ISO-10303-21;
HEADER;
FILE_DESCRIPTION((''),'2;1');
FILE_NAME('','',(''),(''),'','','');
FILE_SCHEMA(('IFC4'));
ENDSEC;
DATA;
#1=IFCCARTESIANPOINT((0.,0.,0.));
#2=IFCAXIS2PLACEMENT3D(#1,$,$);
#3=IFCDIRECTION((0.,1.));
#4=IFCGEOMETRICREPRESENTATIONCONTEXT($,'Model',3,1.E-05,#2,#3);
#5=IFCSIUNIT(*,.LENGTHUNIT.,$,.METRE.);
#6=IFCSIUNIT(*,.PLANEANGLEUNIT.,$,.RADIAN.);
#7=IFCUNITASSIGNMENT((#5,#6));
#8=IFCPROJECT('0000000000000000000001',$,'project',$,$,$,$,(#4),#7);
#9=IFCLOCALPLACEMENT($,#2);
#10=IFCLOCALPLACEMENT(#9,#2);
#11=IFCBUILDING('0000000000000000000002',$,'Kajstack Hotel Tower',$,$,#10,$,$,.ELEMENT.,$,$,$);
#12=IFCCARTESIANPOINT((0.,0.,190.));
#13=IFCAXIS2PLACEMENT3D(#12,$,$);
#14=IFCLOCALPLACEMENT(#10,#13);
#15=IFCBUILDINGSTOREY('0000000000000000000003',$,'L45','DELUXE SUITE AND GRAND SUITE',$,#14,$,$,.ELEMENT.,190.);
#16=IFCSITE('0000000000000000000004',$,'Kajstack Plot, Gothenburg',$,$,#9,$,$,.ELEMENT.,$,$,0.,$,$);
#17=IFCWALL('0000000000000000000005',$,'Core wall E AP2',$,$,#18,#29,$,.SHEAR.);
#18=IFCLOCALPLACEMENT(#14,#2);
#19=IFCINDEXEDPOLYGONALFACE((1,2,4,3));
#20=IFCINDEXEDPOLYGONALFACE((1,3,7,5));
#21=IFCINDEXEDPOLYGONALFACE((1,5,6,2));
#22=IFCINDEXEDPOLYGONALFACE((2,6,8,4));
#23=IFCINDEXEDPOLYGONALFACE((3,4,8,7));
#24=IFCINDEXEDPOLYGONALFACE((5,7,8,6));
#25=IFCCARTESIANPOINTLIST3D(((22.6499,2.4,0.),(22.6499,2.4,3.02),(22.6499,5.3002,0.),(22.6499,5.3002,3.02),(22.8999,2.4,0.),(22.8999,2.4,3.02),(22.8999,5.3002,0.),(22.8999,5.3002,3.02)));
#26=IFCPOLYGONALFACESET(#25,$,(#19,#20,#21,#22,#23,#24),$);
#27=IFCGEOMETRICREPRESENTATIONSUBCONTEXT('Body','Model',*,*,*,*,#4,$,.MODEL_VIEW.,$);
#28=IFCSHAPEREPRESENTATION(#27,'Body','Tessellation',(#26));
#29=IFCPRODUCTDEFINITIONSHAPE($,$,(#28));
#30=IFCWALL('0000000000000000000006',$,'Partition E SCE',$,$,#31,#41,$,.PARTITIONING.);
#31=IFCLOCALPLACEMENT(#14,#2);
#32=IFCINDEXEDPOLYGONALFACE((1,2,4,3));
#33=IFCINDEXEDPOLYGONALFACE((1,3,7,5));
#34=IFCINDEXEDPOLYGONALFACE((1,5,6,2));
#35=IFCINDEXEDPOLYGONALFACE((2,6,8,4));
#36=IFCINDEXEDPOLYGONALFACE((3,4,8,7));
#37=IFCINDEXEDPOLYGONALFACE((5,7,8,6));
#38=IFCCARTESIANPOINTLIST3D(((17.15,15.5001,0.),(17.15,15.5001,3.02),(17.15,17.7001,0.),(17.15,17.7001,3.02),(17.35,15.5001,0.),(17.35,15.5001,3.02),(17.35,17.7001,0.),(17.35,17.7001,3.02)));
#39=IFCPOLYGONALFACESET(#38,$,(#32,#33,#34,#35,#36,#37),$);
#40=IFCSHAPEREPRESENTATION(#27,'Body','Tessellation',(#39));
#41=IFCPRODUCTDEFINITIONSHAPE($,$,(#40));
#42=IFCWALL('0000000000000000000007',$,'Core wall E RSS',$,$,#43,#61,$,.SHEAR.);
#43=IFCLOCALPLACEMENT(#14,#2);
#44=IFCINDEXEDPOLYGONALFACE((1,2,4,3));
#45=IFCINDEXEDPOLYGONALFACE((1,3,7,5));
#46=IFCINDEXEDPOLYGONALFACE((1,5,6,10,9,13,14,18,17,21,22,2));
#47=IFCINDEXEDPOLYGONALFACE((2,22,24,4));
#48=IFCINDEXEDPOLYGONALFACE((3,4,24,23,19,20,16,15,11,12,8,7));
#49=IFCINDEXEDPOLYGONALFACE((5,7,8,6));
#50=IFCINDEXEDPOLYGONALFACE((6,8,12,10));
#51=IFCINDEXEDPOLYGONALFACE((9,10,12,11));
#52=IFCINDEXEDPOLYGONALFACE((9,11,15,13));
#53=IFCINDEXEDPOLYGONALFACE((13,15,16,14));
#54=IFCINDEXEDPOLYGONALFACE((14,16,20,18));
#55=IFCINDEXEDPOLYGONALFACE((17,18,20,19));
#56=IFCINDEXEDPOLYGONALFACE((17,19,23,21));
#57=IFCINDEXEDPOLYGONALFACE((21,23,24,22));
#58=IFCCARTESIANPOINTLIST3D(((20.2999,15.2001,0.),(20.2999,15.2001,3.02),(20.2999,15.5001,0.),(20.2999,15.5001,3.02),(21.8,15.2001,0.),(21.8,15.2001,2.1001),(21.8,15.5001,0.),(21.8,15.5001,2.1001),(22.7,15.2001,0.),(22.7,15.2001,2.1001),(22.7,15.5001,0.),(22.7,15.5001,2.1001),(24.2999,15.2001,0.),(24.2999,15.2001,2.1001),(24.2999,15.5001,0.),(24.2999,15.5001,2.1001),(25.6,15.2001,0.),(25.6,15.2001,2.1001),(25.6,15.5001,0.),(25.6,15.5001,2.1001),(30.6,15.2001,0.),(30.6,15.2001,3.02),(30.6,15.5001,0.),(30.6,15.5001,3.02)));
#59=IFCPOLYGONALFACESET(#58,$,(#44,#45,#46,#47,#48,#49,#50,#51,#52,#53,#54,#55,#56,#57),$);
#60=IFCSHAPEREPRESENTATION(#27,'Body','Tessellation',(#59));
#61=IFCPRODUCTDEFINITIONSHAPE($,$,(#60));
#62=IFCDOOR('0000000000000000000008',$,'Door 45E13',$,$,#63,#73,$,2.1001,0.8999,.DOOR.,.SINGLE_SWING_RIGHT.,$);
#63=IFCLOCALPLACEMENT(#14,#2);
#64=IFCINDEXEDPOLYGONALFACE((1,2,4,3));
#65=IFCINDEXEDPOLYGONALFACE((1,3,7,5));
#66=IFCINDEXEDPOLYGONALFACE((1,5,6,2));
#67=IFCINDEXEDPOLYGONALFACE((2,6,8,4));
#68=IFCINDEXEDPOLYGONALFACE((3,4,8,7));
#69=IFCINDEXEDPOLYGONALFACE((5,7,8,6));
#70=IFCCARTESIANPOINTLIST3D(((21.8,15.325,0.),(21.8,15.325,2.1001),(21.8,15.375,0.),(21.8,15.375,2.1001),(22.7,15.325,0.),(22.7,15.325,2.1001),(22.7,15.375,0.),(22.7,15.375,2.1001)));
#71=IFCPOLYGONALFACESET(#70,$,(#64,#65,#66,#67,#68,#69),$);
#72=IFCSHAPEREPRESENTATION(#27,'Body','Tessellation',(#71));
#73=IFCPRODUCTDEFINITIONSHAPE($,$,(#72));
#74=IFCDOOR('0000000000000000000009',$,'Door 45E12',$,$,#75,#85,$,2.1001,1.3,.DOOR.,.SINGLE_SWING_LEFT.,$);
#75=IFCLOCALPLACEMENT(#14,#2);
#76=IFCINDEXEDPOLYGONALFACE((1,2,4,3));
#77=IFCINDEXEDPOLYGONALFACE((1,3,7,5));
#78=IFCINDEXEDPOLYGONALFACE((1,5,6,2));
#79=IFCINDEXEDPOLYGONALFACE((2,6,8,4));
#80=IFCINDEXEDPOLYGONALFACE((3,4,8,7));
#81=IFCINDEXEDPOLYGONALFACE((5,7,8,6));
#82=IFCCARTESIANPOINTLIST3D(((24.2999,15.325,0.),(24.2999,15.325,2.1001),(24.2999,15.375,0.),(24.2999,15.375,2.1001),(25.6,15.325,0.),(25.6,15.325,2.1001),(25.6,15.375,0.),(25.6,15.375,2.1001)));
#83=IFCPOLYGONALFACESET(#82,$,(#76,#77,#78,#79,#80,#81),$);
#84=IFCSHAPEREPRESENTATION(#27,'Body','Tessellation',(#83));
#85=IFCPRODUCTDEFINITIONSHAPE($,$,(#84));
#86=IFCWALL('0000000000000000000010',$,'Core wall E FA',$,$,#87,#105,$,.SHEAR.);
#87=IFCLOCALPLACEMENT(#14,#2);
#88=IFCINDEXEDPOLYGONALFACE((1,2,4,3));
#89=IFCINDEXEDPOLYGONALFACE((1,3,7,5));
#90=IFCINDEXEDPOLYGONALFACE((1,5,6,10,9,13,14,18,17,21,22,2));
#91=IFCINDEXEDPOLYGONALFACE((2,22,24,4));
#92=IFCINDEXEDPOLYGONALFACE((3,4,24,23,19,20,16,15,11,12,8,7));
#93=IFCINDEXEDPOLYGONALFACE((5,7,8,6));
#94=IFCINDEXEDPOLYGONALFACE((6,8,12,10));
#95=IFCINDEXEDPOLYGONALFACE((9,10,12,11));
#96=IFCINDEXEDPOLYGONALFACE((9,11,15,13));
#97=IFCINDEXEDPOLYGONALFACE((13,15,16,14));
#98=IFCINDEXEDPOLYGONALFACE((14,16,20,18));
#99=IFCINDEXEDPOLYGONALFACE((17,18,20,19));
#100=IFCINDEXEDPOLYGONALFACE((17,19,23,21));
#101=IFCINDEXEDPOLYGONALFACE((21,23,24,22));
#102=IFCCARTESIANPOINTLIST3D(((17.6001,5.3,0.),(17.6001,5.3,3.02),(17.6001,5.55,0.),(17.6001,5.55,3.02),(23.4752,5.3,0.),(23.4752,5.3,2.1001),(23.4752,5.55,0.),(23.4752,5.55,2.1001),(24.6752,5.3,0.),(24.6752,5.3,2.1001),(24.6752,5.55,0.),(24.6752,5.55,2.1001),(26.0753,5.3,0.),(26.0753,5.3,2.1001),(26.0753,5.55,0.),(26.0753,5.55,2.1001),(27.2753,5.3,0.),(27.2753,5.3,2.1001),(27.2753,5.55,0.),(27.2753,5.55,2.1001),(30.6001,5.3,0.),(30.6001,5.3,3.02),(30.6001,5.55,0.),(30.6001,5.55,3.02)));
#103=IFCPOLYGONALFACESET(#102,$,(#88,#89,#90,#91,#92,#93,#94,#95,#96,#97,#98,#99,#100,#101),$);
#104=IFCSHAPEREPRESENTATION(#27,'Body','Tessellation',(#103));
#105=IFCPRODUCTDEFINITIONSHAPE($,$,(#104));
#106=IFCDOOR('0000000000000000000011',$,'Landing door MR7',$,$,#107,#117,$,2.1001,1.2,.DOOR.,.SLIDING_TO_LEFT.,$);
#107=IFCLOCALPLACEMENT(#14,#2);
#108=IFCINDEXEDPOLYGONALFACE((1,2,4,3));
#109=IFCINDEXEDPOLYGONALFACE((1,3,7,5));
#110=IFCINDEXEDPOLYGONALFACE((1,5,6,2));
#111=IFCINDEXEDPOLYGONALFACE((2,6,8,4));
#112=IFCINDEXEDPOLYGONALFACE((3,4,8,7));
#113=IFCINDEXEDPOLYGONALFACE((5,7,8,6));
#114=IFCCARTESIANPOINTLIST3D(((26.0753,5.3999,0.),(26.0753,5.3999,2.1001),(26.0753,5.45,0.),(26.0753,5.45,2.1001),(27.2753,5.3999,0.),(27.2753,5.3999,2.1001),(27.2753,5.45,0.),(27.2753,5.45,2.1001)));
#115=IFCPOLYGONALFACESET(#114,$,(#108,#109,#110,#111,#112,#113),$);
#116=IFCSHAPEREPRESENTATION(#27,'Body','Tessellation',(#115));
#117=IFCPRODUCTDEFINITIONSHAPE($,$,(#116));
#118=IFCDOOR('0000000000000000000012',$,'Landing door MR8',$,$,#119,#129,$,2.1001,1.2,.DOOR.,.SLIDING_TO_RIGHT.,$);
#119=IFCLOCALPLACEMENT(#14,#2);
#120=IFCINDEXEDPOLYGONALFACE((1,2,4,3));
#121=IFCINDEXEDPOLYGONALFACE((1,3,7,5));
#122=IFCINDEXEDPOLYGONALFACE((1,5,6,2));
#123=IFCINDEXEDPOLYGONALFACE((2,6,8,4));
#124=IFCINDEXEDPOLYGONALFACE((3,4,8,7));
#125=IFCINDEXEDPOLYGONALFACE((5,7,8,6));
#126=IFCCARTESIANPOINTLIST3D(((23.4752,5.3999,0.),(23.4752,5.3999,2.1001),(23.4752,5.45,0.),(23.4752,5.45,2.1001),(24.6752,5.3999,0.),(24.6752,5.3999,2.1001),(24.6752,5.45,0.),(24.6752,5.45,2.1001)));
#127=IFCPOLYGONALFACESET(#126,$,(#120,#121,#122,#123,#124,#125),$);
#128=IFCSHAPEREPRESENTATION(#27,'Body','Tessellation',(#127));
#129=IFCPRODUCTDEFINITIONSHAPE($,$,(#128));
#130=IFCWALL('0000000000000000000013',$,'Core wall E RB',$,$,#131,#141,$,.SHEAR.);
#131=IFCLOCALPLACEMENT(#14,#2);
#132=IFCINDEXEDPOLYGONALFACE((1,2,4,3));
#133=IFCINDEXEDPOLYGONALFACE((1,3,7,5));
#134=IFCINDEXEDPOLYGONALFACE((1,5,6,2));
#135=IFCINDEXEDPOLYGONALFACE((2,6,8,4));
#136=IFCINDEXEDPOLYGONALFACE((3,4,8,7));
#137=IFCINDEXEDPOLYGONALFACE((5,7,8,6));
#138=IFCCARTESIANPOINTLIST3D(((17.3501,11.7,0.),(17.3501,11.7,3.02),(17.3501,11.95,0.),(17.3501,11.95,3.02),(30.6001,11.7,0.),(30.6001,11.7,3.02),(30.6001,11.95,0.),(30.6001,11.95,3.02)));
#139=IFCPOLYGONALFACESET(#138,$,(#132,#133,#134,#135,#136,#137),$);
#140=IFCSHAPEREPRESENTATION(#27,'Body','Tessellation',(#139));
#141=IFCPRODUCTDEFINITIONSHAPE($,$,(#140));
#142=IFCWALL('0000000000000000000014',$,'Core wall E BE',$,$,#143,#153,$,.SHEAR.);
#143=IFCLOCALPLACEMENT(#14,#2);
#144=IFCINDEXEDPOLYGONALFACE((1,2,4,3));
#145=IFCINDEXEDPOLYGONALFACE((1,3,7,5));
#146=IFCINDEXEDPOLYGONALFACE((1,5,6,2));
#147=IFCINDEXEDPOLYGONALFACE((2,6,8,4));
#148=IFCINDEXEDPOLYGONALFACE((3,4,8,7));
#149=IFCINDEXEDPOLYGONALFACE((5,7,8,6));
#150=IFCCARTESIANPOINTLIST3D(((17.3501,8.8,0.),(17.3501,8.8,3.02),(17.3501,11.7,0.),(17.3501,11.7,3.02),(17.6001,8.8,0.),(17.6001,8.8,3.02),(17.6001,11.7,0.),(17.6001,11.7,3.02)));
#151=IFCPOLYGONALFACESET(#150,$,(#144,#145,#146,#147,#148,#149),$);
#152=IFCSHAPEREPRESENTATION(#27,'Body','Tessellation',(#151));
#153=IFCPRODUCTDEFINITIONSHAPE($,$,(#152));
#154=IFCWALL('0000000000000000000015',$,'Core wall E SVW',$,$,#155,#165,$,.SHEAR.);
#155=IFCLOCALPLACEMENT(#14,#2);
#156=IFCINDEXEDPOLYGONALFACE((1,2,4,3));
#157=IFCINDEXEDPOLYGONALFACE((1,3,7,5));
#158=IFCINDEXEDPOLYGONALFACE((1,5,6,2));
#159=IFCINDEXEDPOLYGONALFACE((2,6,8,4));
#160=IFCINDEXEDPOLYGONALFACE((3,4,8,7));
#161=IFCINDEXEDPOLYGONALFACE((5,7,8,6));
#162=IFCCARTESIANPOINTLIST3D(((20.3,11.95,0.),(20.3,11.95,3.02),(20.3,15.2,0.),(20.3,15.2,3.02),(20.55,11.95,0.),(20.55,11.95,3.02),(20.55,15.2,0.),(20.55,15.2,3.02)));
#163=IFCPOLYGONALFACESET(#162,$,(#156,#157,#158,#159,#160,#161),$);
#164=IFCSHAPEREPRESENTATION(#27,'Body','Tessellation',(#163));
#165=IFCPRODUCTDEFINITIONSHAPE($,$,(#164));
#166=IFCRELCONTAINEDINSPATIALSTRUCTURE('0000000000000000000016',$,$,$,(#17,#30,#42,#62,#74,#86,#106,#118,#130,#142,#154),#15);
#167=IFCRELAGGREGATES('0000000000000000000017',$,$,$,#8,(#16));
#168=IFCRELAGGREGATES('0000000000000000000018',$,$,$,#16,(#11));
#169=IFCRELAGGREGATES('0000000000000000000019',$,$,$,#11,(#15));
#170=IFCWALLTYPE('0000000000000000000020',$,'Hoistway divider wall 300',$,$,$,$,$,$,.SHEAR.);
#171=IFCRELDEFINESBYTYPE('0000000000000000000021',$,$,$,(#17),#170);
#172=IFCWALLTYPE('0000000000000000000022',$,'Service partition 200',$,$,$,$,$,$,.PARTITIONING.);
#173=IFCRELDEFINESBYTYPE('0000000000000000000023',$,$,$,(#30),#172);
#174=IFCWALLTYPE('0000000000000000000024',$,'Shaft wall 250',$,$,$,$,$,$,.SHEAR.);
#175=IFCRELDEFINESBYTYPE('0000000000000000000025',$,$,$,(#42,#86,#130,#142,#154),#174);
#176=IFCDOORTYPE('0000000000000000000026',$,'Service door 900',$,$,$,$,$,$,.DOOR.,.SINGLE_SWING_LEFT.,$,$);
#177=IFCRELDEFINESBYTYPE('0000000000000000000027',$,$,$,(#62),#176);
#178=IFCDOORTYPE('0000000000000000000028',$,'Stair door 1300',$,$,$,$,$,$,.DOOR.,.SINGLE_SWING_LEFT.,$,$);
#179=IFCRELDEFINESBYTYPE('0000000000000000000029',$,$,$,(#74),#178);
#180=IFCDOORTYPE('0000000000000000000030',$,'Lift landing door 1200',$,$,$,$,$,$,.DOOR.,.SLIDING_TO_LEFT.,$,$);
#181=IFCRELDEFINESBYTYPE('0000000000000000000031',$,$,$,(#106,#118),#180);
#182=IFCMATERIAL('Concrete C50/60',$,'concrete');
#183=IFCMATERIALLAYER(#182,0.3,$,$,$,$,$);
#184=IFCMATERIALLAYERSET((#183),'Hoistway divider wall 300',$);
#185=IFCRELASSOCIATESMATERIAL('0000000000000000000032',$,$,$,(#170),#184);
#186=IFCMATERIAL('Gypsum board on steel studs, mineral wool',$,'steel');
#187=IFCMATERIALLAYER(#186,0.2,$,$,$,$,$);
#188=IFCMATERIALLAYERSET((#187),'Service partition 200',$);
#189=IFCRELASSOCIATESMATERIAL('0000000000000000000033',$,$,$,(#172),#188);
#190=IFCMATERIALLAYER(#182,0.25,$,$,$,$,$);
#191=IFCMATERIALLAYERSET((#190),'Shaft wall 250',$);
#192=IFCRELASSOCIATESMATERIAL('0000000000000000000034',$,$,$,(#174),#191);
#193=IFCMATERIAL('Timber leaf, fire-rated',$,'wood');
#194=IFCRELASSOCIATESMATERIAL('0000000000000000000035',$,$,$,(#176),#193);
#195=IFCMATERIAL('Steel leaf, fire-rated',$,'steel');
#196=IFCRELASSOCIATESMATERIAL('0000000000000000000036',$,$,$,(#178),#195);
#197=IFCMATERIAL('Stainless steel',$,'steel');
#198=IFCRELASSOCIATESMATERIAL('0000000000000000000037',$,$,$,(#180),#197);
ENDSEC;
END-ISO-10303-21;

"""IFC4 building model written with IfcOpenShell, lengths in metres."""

from ifc_helpers import new_model, si_unit, direction, frame, frame_2d, origin, place, context, subcontext, project, spatial, rectangle, extrude, material, layer, layer_set, type_object, element, fill, save


model = new_model("IFC4")

# Units and contexts
model_context = context("Model", 3, precision=1e-05, world=origin(), true_north=direction((0.0, 1.0)))
body_context = subcontext(model_context, "Body", "Model", "MODEL_VIEW")
ifc_project = project(units=[si_unit("LENGTHUNIT", "METRE"), si_unit("PLANEANGLEUNIT", "RADIAN")], contexts=[model_context])

# Site, building, storey
site_placement = place(None, origin())
site = spatial("IfcSite", under=ifc_project, at=site_placement, Name="Kajstack Plot, Gothenburg", CompositionType="ELEMENT", RefElevation=0.0)
building_placement = place(site_placement, origin())
building = spatial("IfcBuilding", under=site, at=building_placement, Name="Kajstack Hotel Tower", CompositionType="ELEMENT")
storey_placement = place(building_placement, frame((0.0, 0.0, 190.0)))
storey = spatial("IfcBuildingStorey", under=building, at=storey_placement, Name="L45", Description="DELUXE SUITE AND GRAND SUITE", CompositionType="ELEMENT", Elevation=190.0)

# Walls
ifc_material_1 = material(Name="Concrete C50/60", Category="concrete")
ifc_layer_1 = layer(ifc_material_1, 0.3)
ifc_layer_set_1 = layer_set([ifc_layer_1], Name="Hoistway divider wall 300")
wall_type_1 = type_object("IfcWallType", Name="Hoistway divider wall 300", PredefinedType="SHEAR", material=ifc_layer_set_1)
wall_1_placement = place(storey_placement, frame((22.7749, 2.3999, 0.0), z_axis=(0.0, 0.0, 1.0), x_axis=(0.0, 1.0, 0.0)))
element("IfcWall", 1, at=wall_1_placement, inside=storey, type_object=wall_type_1, Name="Core wall E AP2", PredefinedType="SHEAR", context=body_context, shape_type="SweptSolid", body=[
    extrude(rectangle(XDim=2.9001, YDim=0.25, at=frame_2d((1.4502, 0.0))), origin(), (0.0, 0.0, 1.0), 3.02),
])
ifc_material_2 = material(Name="Gypsum board on steel studs, mineral wool", Category="steel")
ifc_layer_2 = layer(ifc_material_2, 0.2)
ifc_layer_set_2 = layer_set([ifc_layer_2], Name="Service partition 200")
wall_type_2 = type_object("IfcWallType", Name="Service partition 200", PredefinedType="PARTITIONING", material=ifc_layer_set_2)
wall_2_placement = place(storey_placement, frame((17.25, 15.5, 0.0), z_axis=(0.0, 0.0, 1.0), x_axis=(0.0, 1.0, 0.0)))
element("IfcWall", 2, at=wall_2_placement, inside=storey, type_object=wall_type_2, Name="Partition E SCE", PredefinedType="PARTITIONING", context=body_context, shape_type="SweptSolid", body=[
    extrude(rectangle(XDim=2.2, YDim=0.2, at=frame_2d((1.1001, 0.0))), origin(), (0.0, 0.0, 1.0), 3.02),
])

# Walls, openings, doors
ifc_layer_3 = layer(ifc_material_1, 0.25)
ifc_layer_set_3 = layer_set([ifc_layer_3], Name="Shaft wall 250")
wall_type_3 = type_object("IfcWallType", Name="Shaft wall 250", PredefinedType="SHEAR", material=ifc_layer_set_3)
wall_3_placement = place(storey_placement, frame((20.3, 15.3501, 0.0), z_axis=(0.0, 0.0, 1.0), x_axis=(1.0, 0.0, 0.0)))
wall_3 = element("IfcWall", 3, at=wall_3_placement, inside=storey, type_object=wall_type_3, Name="Core wall E RSS", PredefinedType="SHEAR", context=body_context, shape_type="SweptSolid", body=[
    extrude(rectangle(XDim=10.3, YDim=0.3, at=frame_2d((5.1499, 0.0))), origin(), (0.0, 0.0, 1.0), 3.02),
])
opening_1_placement = place(wall_3_placement, frame((4.0, 0.0, 0.0)))
opening_1 = element("IfcOpeningElement", 4, at=opening_1_placement, cuts=wall_3, PredefinedType="OPENING", context=body_context, shape_type="SweptSolid", body=[
    extrude(rectangle(XDim=1.3, YDim=2.1001, at=frame_2d((0.6499, 1.05))), frame((0.0, 0.1599, 0.0), z_axis=(0.0, -1.0, 0.0), x_axis=(1.0, 0.0, 0.0)), (0.0, 0.0, 1.0), 0.3201),
])
opening_2_placement = place(wall_3_placement, frame((1.5, 0.0, 0.0)))
opening_2 = element("IfcOpeningElement", 5, at=opening_2_placement, cuts=wall_3, PredefinedType="OPENING", context=body_context, shape_type="SweptSolid", body=[
    extrude(rectangle(XDim=0.8999, YDim=2.1001, at=frame_2d((0.45, 1.05))), frame((0.0, 0.1599, 0.0), z_axis=(0.0, -1.0, 0.0), x_axis=(1.0, 0.0, 0.0)), (0.0, 0.0, 1.0), 0.3201),
])
ifc_material_3 = material(Name="Timber leaf, fire-rated", Category="wood")
door_type_1 = type_object("IfcDoorType", Name="Service door 900", OperationType="SINGLE_SWING_LEFT", PredefinedType="DOOR", material=ifc_material_3)
door_1_placement = place(opening_2_placement, origin())
door_1 = element("IfcDoor", 6, at=door_1_placement, inside=storey, type_object=door_type_1, Name="Door 45E13", OperationType="SINGLE_SWING_RIGHT", OverallHeight=2.1001, OverallWidth=0.8999, PredefinedType="DOOR", context=body_context, shape_type="SweptSolid", body=[
    extrude(rectangle(XDim=0.8999, YDim=2.1001, at=frame_2d((0.45, 1.05))), frame((0.0, 0.0249, 0.0), z_axis=(0.0, -1.0, 0.0), x_axis=(1.0, 0.0, 0.0)), (0.0, 0.0, 1.0), 0.05),
])
fill(opening_2, door_1)
ifc_material_4 = material(Name="Steel leaf, fire-rated", Category="steel")
door_type_2 = type_object("IfcDoorType", Name="Stair door 1300", OperationType="SINGLE_SWING_LEFT", PredefinedType="DOOR", material=ifc_material_4)
door_2_placement = place(opening_1_placement, origin())
door_2 = element("IfcDoor", 7, at=door_2_placement, inside=storey, type_object=door_type_2, Name="Door 45E12", OperationType="SINGLE_SWING_LEFT", OverallHeight=2.1001, OverallWidth=1.3, PredefinedType="DOOR", context=body_context, shape_type="SweptSolid", body=[
    extrude(rectangle(XDim=1.3, YDim=2.1001, at=frame_2d((0.6499, 1.05))), frame((0.0, 0.0249, 0.0), z_axis=(0.0, -1.0, 0.0), x_axis=(1.0, 0.0, 0.0)), (0.0, 0.0, 1.0), 0.05),
])
fill(opening_1, door_2)
wall_4_placement = place(storey_placement, frame((17.6001, 5.425, 0.0), z_axis=(0.0, 0.0, 1.0), x_axis=(1.0, 0.0, 0.0)))
wall_4 = element("IfcWall", 8, at=wall_4_placement, inside=storey, type_object=wall_type_3, Name="Core wall E FA", PredefinedType="SHEAR", context=body_context, shape_type="SweptSolid", body=[
    extrude(rectangle(XDim=13.0, YDim=0.25, at=frame_2d((6.5, 0.0))), origin(), (0.0, 0.0, 1.0), 3.02),
])
opening_3_placement = place(wall_4_placement, frame((8.4751, 0.0, 0.0)))
opening_3 = element("IfcOpeningElement", 9, at=opening_3_placement, cuts=wall_4, PredefinedType="OPENING", context=body_context, shape_type="SweptSolid", body=[
    extrude(rectangle(XDim=1.2, YDim=2.1001, at=frame_2d((0.6001, 1.05))), frame((0.0, 0.135, 0.0), z_axis=(0.0, -1.0, 0.0), x_axis=(1.0, 0.0, 0.0)), (0.0, 0.0, 1.0), 0.27),
])
opening_4_placement = place(wall_4_placement, frame((5.875, 0.0, 0.0)))
opening_4 = element("IfcOpeningElement", 10, at=opening_4_placement, cuts=wall_4, PredefinedType="OPENING", context=body_context, shape_type="SweptSolid", body=[
    extrude(rectangle(XDim=1.2, YDim=2.1001, at=frame_2d((0.6001, 1.05))), frame((0.0, 0.135, 0.0), z_axis=(0.0, -1.0, 0.0), x_axis=(1.0, 0.0, 0.0)), (0.0, 0.0, 1.0), 0.27),
])
ifc_material_5 = material(Name="Stainless steel", Category="steel")
door_type_3 = type_object("IfcDoorType", Name="Lift landing door 1200", OperationType="SLIDING_TO_LEFT", PredefinedType="DOOR", material=ifc_material_5)
door_3_placement = place(opening_3_placement, origin())
door_3 = element("IfcDoor", 11, at=door_3_placement, inside=storey, type_object=door_type_3, Name="Landing door MR7", OperationType="SLIDING_TO_LEFT", OverallHeight=2.1001, OverallWidth=1.2, PredefinedType="DOOR", context=body_context, shape_type="SweptSolid", body=[
    extrude(rectangle(XDim=1.2, YDim=2.1001, at=frame_2d((0.6001, 1.05))), frame((0.0, 0.0249, 0.0), z_axis=(0.0, -1.0, 0.0), x_axis=(1.0, 0.0, 0.0)), (0.0, 0.0, 1.0), 0.05),
])
fill(opening_3, door_3)
door_4_placement = place(opening_4_placement, origin())
door_4 = element("IfcDoor", 12, at=door_4_placement, inside=storey, type_object=door_type_3, Name="Landing door MR8", OperationType="SLIDING_TO_RIGHT", OverallHeight=2.1001, OverallWidth=1.2, PredefinedType="DOOR", context=body_context, shape_type="SweptSolid", body=[
    extrude(rectangle(XDim=1.2, YDim=2.1001, at=frame_2d((0.6001, 1.05))), frame((0.0, 0.0249, 0.0), z_axis=(0.0, -1.0, 0.0), x_axis=(1.0, 0.0, 0.0)), (0.0, 0.0, 1.0), 0.05),
])
fill(opening_4, door_4)

# Walls
wall_5_placement = place(storey_placement, frame((17.3501, 11.825, 0.0), z_axis=(0.0, 0.0, 1.0), x_axis=(1.0, 0.0, 0.0)))
element("IfcWall", 13, at=wall_5_placement, inside=storey, type_object=wall_type_3, Name="Core wall E RB", PredefinedType="SHEAR", context=body_context, shape_type="SweptSolid", body=[
    extrude(rectangle(XDim=13.25, YDim=0.25, at=frame_2d((6.625, 0.0))), origin(), (0.0, 0.0, 1.0), 3.02),
])
wall_6_placement = place(storey_placement, frame((17.4751, 8.8, 0.0), z_axis=(0.0, 0.0, 1.0), x_axis=(0.0, 1.0, 0.0)))
element("IfcWall", 14, at=wall_6_placement, inside=storey, type_object=wall_type_3, Name="Core wall E BE", PredefinedType="SHEAR", context=body_context, shape_type="SweptSolid", body=[
    extrude(rectangle(XDim=2.8999, YDim=0.25, at=frame_2d((1.45, 0.0))), origin(), (0.0, 0.0, 1.0), 3.02),
])
wall_7_placement = place(storey_placement, frame((20.425, 11.95, 0.0), z_axis=(0.0, 0.0, 1.0), x_axis=(0.0, 1.0, 0.0)))
element("IfcWall", 15, at=wall_7_placement, inside=storey, type_object=wall_type_3, Name="Core wall E SVW", PredefinedType="SHEAR", context=body_context, shape_type="SweptSolid", body=[
    extrude(rectangle(XDim=3.25, YDim=0.25, at=frame_2d((1.625, 0.0))), origin(), (0.0, 0.0, 1.0), 3.02),
])

save(model, "model.ifc")
